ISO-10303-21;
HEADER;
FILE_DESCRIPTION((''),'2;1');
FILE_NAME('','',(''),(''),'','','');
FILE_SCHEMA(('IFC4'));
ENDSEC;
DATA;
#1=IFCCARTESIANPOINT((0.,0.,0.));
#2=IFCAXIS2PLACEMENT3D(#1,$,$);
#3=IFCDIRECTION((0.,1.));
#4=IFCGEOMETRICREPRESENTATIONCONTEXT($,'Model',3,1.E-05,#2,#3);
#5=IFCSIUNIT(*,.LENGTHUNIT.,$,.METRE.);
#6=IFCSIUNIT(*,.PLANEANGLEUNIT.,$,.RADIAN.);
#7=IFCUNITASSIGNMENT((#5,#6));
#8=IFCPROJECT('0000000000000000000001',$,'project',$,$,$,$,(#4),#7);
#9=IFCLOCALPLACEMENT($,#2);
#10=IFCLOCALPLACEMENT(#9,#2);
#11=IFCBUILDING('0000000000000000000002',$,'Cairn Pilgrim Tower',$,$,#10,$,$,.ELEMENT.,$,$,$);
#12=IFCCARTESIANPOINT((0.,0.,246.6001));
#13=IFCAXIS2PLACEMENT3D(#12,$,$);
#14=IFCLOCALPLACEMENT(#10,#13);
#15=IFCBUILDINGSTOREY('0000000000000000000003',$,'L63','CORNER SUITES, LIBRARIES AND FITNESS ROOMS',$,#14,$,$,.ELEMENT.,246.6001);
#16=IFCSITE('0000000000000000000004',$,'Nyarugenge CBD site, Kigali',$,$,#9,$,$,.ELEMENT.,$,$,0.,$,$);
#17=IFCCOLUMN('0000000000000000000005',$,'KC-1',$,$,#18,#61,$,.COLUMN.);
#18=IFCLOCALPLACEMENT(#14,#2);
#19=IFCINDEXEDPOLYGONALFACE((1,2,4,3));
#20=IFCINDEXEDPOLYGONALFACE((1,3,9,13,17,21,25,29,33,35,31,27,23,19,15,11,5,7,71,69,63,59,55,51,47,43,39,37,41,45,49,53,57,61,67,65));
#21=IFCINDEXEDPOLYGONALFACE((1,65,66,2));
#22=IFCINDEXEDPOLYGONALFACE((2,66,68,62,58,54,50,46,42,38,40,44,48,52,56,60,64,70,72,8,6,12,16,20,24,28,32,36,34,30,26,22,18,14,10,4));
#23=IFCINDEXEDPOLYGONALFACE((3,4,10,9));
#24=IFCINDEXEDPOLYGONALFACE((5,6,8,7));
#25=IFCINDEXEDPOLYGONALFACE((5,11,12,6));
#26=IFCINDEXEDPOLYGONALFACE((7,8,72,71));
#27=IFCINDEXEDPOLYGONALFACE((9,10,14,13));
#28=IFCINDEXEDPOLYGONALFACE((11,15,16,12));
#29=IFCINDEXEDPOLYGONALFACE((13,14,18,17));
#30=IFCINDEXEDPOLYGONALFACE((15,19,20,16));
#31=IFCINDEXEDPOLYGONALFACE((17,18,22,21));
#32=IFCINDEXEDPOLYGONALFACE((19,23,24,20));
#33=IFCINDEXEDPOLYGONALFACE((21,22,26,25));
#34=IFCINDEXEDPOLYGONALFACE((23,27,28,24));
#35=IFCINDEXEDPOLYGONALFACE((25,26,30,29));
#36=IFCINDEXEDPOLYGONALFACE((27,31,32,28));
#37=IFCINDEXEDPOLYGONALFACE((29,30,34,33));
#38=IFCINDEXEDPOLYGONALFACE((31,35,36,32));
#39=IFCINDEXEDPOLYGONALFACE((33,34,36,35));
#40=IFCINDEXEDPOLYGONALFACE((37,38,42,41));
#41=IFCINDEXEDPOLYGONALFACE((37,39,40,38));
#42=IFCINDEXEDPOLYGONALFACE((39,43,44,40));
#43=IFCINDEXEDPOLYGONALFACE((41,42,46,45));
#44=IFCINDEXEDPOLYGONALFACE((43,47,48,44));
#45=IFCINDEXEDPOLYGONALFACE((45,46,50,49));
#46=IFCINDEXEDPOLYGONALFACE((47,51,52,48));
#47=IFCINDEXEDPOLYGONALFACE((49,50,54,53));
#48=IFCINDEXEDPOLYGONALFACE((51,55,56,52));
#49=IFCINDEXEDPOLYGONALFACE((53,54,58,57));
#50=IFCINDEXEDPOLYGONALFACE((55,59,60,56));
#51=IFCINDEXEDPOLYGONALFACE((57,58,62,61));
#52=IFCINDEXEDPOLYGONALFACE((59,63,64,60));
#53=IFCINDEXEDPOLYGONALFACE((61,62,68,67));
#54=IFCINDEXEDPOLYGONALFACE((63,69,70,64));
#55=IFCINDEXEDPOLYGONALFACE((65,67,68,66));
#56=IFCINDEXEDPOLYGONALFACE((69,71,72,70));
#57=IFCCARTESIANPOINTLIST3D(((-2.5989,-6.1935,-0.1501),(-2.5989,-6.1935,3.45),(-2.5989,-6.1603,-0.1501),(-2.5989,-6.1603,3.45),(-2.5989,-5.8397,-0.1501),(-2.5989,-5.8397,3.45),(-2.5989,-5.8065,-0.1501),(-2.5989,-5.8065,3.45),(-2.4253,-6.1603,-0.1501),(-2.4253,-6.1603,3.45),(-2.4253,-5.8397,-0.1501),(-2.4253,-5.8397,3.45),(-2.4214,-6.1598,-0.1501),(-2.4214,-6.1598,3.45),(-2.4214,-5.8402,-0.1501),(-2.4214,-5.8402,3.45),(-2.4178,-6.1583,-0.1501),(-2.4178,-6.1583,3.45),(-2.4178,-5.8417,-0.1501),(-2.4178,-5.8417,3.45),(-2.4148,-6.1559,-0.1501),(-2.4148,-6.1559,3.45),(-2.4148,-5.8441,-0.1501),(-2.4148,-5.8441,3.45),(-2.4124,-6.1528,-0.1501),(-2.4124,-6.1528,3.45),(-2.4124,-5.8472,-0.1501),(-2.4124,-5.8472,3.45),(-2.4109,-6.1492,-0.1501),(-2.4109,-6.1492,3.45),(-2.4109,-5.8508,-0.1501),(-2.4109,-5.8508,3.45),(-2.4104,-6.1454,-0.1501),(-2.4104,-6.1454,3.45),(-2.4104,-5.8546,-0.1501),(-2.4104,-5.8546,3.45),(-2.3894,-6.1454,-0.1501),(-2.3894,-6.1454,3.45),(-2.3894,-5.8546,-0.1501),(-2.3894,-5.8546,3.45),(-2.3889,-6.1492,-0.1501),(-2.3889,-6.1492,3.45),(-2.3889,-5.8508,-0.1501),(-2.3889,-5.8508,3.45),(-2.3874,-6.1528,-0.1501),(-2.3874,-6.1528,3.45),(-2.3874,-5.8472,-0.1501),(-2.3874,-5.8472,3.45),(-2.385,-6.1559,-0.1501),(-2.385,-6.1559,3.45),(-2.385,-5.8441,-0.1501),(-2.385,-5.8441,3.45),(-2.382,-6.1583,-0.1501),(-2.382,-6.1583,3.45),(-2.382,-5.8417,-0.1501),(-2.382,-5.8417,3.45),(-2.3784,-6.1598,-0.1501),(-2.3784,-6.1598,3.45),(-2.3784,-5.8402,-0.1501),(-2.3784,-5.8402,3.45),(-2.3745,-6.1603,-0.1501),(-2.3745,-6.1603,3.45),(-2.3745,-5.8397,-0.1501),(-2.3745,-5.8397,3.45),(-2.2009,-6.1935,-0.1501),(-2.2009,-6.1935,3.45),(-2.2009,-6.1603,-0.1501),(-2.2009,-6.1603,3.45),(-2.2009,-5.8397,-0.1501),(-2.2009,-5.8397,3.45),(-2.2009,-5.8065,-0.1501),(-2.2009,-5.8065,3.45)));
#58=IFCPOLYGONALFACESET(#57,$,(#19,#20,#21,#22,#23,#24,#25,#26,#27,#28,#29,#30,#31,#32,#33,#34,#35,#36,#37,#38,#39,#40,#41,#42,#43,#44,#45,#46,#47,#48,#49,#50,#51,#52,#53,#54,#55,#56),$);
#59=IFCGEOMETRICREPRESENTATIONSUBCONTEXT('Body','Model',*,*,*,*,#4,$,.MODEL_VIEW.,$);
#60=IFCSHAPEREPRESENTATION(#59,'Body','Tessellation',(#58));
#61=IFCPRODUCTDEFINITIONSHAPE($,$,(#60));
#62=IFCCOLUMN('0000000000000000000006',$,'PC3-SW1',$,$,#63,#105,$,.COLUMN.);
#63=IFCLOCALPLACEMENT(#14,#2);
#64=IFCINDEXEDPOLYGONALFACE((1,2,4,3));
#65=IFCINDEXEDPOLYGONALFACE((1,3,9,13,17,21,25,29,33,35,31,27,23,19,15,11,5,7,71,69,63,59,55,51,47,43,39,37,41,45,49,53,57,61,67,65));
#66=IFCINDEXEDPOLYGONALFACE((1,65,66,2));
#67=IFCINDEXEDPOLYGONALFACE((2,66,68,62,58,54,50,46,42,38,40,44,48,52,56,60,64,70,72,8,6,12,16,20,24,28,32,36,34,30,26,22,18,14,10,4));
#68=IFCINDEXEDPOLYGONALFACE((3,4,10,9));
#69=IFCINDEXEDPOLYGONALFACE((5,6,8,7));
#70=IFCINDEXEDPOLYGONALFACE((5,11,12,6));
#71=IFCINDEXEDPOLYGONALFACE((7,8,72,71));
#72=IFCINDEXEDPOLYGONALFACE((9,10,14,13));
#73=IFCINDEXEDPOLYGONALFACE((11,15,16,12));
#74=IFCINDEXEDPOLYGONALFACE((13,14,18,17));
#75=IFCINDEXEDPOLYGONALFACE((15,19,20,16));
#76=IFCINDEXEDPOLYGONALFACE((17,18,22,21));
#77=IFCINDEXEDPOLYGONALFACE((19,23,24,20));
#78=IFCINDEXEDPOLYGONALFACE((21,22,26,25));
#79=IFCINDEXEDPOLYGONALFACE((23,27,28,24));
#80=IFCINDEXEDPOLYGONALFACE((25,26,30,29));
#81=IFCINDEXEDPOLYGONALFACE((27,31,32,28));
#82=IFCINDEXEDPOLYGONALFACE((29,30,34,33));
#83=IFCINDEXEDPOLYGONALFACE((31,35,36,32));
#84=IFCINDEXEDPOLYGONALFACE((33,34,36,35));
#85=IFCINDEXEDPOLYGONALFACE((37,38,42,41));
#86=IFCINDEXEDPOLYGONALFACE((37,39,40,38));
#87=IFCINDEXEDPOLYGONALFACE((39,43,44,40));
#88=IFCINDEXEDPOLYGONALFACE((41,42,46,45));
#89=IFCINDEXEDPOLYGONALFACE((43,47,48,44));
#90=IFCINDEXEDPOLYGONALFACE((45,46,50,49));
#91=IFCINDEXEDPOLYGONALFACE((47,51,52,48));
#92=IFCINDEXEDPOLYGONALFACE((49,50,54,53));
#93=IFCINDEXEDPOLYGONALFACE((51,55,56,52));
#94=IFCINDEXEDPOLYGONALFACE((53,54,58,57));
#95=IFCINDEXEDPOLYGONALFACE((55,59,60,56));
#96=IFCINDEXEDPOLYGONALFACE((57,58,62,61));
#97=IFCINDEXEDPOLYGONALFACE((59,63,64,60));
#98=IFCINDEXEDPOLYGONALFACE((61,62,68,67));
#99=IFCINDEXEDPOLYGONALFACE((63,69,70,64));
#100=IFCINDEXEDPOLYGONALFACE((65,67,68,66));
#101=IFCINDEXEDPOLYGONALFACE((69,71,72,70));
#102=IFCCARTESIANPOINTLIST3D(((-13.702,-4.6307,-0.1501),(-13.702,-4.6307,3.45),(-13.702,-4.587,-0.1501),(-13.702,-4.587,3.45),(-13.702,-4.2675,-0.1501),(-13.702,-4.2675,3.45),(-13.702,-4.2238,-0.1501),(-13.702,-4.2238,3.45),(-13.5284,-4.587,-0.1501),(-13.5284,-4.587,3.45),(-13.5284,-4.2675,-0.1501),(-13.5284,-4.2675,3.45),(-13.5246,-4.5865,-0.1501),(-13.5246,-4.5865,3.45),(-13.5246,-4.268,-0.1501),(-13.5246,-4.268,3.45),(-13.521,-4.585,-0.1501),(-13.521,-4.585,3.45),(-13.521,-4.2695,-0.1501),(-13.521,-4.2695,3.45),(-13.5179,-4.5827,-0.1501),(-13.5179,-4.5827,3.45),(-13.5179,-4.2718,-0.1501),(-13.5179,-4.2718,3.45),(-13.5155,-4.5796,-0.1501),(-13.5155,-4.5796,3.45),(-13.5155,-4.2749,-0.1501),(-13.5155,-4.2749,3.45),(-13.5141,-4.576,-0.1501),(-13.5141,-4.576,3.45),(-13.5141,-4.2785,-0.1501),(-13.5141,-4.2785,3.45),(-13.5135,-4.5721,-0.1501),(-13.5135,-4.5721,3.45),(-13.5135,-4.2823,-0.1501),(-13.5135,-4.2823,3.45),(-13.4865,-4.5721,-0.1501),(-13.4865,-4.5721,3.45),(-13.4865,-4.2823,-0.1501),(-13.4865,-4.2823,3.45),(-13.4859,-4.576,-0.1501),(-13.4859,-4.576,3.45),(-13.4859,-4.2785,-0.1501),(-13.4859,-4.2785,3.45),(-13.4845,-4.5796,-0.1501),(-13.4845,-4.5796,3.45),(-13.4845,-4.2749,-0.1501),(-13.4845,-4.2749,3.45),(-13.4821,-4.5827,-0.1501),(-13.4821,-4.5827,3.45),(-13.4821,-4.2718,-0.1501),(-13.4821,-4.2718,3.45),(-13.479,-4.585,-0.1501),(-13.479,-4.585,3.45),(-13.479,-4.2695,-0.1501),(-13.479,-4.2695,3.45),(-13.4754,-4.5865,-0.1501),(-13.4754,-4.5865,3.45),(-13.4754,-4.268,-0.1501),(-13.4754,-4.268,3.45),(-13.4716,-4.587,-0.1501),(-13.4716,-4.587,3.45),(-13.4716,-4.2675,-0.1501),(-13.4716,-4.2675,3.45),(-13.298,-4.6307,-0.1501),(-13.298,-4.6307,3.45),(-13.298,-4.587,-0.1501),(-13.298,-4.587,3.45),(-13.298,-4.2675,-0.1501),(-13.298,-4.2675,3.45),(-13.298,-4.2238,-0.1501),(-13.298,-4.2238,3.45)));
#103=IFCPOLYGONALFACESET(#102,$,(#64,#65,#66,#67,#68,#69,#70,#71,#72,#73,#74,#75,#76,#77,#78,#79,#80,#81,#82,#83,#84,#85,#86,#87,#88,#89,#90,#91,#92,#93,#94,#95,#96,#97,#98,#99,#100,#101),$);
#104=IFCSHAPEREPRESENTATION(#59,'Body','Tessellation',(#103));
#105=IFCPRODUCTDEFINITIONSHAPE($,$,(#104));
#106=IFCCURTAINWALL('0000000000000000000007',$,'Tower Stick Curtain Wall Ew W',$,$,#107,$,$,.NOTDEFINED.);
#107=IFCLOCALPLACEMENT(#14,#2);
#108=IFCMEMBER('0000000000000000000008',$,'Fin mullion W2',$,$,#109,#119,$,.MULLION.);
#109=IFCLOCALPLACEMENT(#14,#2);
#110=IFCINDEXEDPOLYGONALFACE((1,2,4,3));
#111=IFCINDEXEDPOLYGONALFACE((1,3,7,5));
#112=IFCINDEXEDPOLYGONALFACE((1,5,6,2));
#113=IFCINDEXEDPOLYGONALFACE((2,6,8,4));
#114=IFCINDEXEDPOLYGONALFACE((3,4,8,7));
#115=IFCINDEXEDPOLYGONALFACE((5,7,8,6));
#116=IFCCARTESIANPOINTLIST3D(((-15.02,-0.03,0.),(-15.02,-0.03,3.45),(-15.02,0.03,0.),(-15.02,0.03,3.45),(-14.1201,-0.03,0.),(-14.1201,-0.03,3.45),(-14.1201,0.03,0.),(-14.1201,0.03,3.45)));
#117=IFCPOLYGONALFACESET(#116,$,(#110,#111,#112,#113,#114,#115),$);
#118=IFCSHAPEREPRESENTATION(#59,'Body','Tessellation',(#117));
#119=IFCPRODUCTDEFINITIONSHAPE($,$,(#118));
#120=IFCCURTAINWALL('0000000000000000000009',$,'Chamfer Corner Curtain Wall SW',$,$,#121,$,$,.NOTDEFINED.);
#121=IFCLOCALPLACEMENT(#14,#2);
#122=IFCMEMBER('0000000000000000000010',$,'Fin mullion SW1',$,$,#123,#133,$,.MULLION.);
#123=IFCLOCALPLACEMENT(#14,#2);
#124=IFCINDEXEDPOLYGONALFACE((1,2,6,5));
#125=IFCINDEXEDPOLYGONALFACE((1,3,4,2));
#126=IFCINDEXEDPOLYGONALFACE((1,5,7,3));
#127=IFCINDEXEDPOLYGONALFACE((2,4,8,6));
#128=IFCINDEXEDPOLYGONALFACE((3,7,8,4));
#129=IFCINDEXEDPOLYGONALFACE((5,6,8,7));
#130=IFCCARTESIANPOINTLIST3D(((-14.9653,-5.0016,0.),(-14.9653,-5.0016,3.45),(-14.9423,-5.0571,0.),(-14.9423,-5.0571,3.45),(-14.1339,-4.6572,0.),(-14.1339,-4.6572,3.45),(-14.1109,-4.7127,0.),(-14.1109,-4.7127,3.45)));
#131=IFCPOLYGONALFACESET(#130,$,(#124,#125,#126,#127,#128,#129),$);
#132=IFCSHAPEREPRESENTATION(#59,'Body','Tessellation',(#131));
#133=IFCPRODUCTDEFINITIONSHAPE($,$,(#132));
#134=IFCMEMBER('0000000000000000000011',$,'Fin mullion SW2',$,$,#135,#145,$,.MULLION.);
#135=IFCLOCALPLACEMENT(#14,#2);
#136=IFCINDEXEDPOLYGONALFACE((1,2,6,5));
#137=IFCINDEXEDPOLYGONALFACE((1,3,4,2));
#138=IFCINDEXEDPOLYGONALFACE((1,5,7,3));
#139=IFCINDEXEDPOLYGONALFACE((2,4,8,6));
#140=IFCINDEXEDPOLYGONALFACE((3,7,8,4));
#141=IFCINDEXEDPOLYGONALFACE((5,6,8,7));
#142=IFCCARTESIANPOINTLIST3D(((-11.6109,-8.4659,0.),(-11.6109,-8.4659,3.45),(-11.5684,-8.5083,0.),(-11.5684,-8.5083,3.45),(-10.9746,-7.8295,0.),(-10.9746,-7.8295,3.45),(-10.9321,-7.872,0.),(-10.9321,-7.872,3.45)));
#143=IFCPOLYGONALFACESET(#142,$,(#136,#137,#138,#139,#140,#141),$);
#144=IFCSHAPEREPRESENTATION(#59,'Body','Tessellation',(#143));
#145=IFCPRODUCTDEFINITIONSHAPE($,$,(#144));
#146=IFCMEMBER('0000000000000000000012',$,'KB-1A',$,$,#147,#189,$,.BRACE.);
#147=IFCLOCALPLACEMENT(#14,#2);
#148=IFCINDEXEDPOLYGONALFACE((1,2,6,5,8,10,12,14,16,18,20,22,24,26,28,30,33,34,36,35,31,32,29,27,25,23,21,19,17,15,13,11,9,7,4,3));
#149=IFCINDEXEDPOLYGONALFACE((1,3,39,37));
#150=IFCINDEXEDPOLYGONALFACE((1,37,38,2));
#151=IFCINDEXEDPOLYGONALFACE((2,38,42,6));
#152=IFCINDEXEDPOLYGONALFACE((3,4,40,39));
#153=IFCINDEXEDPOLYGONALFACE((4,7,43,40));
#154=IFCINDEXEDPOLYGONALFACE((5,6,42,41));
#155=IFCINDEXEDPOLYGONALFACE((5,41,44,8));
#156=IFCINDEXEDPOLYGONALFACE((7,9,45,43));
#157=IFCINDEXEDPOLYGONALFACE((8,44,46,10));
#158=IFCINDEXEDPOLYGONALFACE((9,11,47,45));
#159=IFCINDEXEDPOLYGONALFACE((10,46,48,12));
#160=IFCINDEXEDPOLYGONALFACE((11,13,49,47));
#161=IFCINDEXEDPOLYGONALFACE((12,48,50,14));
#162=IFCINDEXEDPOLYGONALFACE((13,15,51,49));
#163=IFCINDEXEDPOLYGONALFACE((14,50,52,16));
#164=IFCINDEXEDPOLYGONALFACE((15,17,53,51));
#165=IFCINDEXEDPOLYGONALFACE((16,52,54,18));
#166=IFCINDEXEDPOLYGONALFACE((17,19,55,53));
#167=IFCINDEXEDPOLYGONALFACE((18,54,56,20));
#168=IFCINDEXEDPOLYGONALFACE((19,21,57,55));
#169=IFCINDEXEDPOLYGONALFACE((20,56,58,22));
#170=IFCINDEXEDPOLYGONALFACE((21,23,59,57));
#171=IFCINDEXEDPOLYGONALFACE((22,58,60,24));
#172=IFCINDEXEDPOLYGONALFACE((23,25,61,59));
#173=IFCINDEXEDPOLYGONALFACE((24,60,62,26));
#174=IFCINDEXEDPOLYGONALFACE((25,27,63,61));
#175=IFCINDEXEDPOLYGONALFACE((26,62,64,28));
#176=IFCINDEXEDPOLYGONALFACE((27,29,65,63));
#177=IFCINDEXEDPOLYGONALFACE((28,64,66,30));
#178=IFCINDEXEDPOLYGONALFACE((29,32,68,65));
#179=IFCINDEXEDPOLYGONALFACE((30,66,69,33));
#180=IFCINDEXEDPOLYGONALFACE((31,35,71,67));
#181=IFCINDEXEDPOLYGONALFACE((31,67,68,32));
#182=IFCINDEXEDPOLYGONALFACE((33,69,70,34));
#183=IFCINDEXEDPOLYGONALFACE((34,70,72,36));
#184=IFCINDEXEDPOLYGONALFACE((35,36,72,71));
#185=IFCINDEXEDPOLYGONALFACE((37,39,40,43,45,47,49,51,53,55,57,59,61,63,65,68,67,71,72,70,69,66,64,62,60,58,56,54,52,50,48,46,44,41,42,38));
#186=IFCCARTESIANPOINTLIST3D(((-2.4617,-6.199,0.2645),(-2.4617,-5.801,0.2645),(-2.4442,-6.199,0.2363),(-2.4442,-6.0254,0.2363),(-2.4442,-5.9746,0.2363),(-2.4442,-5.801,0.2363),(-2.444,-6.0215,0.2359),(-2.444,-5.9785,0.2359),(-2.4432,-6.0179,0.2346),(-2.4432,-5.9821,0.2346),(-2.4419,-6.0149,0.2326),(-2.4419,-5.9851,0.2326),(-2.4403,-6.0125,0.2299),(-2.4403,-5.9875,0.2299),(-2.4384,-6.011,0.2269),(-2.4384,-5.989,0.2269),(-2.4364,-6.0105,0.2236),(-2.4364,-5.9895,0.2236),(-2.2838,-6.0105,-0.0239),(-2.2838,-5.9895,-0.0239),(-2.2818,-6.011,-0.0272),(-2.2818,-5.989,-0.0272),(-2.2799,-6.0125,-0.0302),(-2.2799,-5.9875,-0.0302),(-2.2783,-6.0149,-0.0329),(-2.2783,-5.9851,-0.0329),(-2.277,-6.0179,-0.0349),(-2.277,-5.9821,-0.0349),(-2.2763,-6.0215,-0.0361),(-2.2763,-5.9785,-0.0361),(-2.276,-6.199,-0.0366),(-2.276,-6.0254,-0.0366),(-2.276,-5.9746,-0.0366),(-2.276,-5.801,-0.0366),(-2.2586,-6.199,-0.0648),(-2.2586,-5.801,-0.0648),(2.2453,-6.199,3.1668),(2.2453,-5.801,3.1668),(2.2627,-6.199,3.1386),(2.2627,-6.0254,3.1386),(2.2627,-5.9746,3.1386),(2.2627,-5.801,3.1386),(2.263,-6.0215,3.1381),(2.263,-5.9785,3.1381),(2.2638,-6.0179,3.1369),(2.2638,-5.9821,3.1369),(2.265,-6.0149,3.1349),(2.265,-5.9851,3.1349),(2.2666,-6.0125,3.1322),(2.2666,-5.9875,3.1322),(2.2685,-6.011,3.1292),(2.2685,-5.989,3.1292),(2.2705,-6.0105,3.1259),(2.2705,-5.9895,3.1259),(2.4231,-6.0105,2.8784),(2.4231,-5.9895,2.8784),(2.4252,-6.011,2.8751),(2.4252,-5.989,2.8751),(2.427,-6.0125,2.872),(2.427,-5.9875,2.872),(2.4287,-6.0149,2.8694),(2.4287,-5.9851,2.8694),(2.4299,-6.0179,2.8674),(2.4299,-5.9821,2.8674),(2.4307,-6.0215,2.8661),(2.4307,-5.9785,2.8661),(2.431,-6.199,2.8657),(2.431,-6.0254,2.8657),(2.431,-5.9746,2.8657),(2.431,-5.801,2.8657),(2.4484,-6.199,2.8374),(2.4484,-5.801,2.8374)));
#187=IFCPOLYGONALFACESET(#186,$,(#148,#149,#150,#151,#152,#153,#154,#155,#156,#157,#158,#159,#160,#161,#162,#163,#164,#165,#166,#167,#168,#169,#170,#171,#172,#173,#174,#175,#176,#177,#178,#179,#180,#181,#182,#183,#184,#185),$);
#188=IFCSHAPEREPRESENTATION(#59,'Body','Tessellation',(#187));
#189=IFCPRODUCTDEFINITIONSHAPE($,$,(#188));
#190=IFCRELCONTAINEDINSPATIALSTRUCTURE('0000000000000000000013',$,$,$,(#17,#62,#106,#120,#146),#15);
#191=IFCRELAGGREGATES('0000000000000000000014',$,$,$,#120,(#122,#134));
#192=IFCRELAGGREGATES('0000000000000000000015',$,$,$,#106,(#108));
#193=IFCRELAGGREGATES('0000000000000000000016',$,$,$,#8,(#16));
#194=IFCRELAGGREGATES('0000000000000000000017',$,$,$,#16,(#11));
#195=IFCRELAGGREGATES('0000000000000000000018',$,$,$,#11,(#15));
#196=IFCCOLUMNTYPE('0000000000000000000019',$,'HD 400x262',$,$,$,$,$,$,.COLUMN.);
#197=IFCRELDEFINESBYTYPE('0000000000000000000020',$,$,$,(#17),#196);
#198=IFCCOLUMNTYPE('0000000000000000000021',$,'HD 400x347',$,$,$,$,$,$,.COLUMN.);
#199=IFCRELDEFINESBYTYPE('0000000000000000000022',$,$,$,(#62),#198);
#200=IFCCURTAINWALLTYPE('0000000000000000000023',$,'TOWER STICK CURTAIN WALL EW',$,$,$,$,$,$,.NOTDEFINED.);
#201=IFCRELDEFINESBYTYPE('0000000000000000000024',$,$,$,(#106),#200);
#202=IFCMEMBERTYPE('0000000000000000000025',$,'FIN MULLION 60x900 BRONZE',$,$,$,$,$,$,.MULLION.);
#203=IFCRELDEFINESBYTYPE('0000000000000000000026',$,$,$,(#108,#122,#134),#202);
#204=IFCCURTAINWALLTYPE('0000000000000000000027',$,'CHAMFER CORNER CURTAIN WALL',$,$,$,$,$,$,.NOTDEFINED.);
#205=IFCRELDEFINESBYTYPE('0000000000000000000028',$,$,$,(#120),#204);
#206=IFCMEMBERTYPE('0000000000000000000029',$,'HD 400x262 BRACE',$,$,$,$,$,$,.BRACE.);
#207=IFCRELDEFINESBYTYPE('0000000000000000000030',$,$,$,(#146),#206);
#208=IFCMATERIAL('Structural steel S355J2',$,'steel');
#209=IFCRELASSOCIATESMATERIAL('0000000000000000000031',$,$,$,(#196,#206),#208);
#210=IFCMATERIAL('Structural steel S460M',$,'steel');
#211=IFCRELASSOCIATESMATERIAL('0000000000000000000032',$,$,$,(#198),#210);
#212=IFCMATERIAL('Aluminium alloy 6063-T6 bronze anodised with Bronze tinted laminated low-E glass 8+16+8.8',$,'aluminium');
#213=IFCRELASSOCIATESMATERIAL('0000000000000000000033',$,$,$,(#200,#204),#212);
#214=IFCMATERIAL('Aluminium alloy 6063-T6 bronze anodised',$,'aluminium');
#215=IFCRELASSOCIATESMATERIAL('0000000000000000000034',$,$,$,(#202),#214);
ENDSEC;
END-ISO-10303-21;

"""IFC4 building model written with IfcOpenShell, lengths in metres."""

from ifc_helpers import new_model, si_unit, direction, frame, origin, origin_2d, place, context, subcontext, project, spatial, rectangle, i_section, extrude, material, material_profile, profile_set, type_object, element, aggregate, save


model = new_model("IFC4")

# Units and contexts
model_context = context("Model", 3, precision=1e-05, world=origin(), true_north=direction((0.0, 1.0)))
body_context = subcontext(model_context, "Body", "Model", "MODEL_VIEW")
ifc_project = project(units=[si_unit("LENGTHUNIT", "METRE"), si_unit("PLANEANGLEUNIT", "RADIAN")], contexts=[model_context])

# Site, building, storey
site_placement = place(None, origin())
site = spatial("IfcSite", under=ifc_project, at=site_placement, Name="Nyarugenge CBD site, Kigali", CompositionType="ELEMENT", RefElevation=0.0)
building_placement = place(site_placement, origin())
building = spatial("IfcBuilding", under=site, at=building_placement, Name="Cairn Pilgrim Tower", CompositionType="ELEMENT")
storey_placement = place(building_placement, frame((0.0, 0.0, 246.6001)))
storey = spatial("IfcBuildingStorey", under=building, at=storey_placement, Name="L63", Description="CORNER SUITES, LIBRARIES AND FITNESS ROOMS", CompositionType="ELEMENT", Elevation=246.6001)

# Columns
ifc_material_1 = material(Name="Structural steel S355J2", Category="steel")
ifc_material_profile_1 = material_profile(ifc_material_1, i_section(OverallWidth=0.3979, OverallDepth=0.387, WebThickness=0.021, FlangeThickness=0.0332, FilletRadius=0.0149, at=origin_2d()), Name="HD 400x262")
ifc_profile_set_1 = profile_set([ifc_material_profile_1], Name="Structural steel S355J2")
column_type_1 = type_object("IfcColumnType", Name="HD 400x262", PredefinedType="COLUMN", material=ifc_profile_set_1)
column_1_placement = place(storey_placement, frame((-2.3999, -6.0, -0.1501), z_axis=(0.0, 0.0, 1.0), x_axis=(1.0, 0.0, 0.0)))
element("IfcColumn", 1, at=column_1_placement, inside=storey, type_object=column_type_1, Name="KC-1", PredefinedType="COLUMN", context=body_context, shape_type="SweptSolid", body=[
    extrude(i_section(OverallWidth=0.3979, OverallDepth=0.387, WebThickness=0.021, FlangeThickness=0.0332, FilletRadius=0.0149, at=origin_2d()), origin(), (0.0, 0.0, 1.0), 3.6001),
])
ifc_material_2 = material(Name="Structural steel S460M", Category="steel")
ifc_material_profile_2 = material_profile(ifc_material_2, i_section(OverallWidth=0.4041, OverallDepth=0.407, WebThickness=0.0271, FlangeThickness=0.0437, FilletRadius=0.0149, at=origin_2d()), Name="HD 400x347")
ifc_profile_set_2 = profile_set([ifc_material_profile_2], Name="Structural steel S460M")
column_type_2 = type_object("IfcColumnType", Name="HD 400x347", PredefinedType="COLUMN", material=ifc_profile_set_2)
column_2_placement = place(storey_placement, frame((-13.5, -4.4272, -0.1501), z_axis=(0.0, 0.0, 1.0), x_axis=(1.0, 0.0, 0.0)))
element("IfcColumn", 2, at=column_2_placement, inside=storey, type_object=column_type_2, Name="PC3-SW1", PredefinedType="COLUMN", context=body_context, shape_type="SweptSolid", body=[
    extrude(i_section(OverallWidth=0.4041, OverallDepth=0.407, WebThickness=0.0271, FlangeThickness=0.0437, FilletRadius=0.0149, at=origin_2d()), origin(), (0.0, 0.0, 1.0), 3.6001),
])

# Curtain wall, member
ifc_material_3 = material(Name="Aluminium alloy 6063-T6 bronze anodised with Bronze tinted laminated low-E glass 8+16+8.8", Category="aluminium")
curtain_wall_type_1 = type_object("IfcCurtainWallType", Name="TOWER STICK CURTAIN WALL EW", PredefinedType="NOTDEFINED", material=ifc_material_3)
curtain_wall_1_placement = place(storey_placement, origin())
curtain_wall_1 = element("IfcCurtainWall", 3, at=curtain_wall_1_placement, inside=storey, type_object=curtain_wall_type_1, Name="Tower Stick Curtain Wall Ew W", PredefinedType="NOTDEFINED")
ifc_material_4 = material(Name="Aluminium alloy 6063-T6 bronze anodised", Category="aluminium")
ifc_material_profile_3 = material_profile(ifc_material_4, rectangle(XDim=0.8999, YDim=0.0601, at=origin_2d()), Name="FIN MULLION 60x900 BRONZE")
ifc_profile_set_3 = profile_set([ifc_material_profile_3], Name="Aluminium alloy 6063-T6 bronze anodised")
member_type_1 = type_object("IfcMemberType", Name="FIN MULLION 60x900 BRONZE", PredefinedType="MULLION", material=ifc_profile_set_3)
member_1_placement = place(storey_placement, frame((-14.5701, 0.0, 0.0), z_axis=(0.0, 0.0, 1.0), x_axis=(-1.0, 0.0, 0.0)))
member_1 = element("IfcMember", 4, at=member_1_placement, type_object=member_type_1, Name="Fin mullion W2", PredefinedType="MULLION", context=body_context, shape_type="SweptSolid", body=[
    extrude(rectangle(XDim=0.8999, YDim=0.0601, at=origin_2d()), origin(), (0.0, 0.0, 1.0), 3.45),
])

# Curtain wall, members
curtain_wall_type_2 = type_object("IfcCurtainWallType", Name="CHAMFER CORNER CURTAIN WALL", PredefinedType="NOTDEFINED", material=ifc_material_3)
curtain_wall_2_placement = place(storey_placement, origin())
curtain_wall_2 = element("IfcCurtainWall", 5, at=curtain_wall_2_placement, inside=storey, type_object=curtain_wall_type_2, Name="Chamfer Corner Curtain Wall SW", PredefinedType="NOTDEFINED")
member_2_placement = place(storey_placement, frame((-14.5381, -4.8572, 0.0), z_axis=(0.0, 0.0, 1.0), x_axis=(-0.92388, -0.382683, 0.0)))
member_2 = element("IfcMember", 6, at=member_2_placement, type_object=member_type_1, Name="Fin mullion SW1", PredefinedType="MULLION", context=body_context, shape_type="SweptSolid", body=[
    extrude(rectangle(XDim=0.8999, YDim=0.0601, at=origin_2d()), origin(), (0.0, 0.0, 1.0), 3.45),
])
member_3_placement = place(storey_placement, frame((-11.2715, -8.1689, 0.0), z_axis=(0.0, 0.0, 1.0), x_axis=(-0.707107, -0.707107, 0.0)))
member_3 = element("IfcMember", 7, at=member_3_placement, type_object=member_type_1, Name="Fin mullion SW2", PredefinedType="MULLION", context=body_context, shape_type="SweptSolid", body=[
    extrude(rectangle(XDim=0.8999, YDim=0.0601, at=origin_2d()), origin(), (0.0, 0.0, 1.0), 3.45),
])

# Member
ifc_material_profile_4 = material_profile(ifc_material_1, i_section(OverallWidth=0.3979, OverallDepth=0.387, WebThickness=0.021, FlangeThickness=0.0332, FilletRadius=0.0149, at=origin_2d()), Name="HD 400x262")
ifc_profile_set_4 = profile_set([ifc_material_profile_4], Name="Structural steel S355J2")
member_type_2 = type_object("IfcMemberType", Name="HD 400x262 BRACE", PredefinedType="BRACE", material=ifc_profile_set_4)
member_4_placement = place(storey_placement, frame((-2.3601, -6.0, 0.0999), z_axis=(0.851197, 0.0, 0.524846), x_axis=(0.0, 1.0, 0.0)))
element("IfcMember", 8, at=member_4_placement, inside=storey, type_object=member_type_2, Name="KB-1A", PredefinedType="BRACE", context=body_context, shape_type="SweptSolid", body=[
    extrude(i_section(OverallWidth=0.3979, OverallDepth=0.387, WebThickness=0.021, FlangeThickness=0.0332, FilletRadius=0.0149, at=origin_2d()), origin(), (0.0, 0.0, 1.0), 5.5298),
])

aggregate(curtain_wall_2, [member_2, member_3])
aggregate(curtain_wall_1, [member_1])

save(model, "model.ifc")
